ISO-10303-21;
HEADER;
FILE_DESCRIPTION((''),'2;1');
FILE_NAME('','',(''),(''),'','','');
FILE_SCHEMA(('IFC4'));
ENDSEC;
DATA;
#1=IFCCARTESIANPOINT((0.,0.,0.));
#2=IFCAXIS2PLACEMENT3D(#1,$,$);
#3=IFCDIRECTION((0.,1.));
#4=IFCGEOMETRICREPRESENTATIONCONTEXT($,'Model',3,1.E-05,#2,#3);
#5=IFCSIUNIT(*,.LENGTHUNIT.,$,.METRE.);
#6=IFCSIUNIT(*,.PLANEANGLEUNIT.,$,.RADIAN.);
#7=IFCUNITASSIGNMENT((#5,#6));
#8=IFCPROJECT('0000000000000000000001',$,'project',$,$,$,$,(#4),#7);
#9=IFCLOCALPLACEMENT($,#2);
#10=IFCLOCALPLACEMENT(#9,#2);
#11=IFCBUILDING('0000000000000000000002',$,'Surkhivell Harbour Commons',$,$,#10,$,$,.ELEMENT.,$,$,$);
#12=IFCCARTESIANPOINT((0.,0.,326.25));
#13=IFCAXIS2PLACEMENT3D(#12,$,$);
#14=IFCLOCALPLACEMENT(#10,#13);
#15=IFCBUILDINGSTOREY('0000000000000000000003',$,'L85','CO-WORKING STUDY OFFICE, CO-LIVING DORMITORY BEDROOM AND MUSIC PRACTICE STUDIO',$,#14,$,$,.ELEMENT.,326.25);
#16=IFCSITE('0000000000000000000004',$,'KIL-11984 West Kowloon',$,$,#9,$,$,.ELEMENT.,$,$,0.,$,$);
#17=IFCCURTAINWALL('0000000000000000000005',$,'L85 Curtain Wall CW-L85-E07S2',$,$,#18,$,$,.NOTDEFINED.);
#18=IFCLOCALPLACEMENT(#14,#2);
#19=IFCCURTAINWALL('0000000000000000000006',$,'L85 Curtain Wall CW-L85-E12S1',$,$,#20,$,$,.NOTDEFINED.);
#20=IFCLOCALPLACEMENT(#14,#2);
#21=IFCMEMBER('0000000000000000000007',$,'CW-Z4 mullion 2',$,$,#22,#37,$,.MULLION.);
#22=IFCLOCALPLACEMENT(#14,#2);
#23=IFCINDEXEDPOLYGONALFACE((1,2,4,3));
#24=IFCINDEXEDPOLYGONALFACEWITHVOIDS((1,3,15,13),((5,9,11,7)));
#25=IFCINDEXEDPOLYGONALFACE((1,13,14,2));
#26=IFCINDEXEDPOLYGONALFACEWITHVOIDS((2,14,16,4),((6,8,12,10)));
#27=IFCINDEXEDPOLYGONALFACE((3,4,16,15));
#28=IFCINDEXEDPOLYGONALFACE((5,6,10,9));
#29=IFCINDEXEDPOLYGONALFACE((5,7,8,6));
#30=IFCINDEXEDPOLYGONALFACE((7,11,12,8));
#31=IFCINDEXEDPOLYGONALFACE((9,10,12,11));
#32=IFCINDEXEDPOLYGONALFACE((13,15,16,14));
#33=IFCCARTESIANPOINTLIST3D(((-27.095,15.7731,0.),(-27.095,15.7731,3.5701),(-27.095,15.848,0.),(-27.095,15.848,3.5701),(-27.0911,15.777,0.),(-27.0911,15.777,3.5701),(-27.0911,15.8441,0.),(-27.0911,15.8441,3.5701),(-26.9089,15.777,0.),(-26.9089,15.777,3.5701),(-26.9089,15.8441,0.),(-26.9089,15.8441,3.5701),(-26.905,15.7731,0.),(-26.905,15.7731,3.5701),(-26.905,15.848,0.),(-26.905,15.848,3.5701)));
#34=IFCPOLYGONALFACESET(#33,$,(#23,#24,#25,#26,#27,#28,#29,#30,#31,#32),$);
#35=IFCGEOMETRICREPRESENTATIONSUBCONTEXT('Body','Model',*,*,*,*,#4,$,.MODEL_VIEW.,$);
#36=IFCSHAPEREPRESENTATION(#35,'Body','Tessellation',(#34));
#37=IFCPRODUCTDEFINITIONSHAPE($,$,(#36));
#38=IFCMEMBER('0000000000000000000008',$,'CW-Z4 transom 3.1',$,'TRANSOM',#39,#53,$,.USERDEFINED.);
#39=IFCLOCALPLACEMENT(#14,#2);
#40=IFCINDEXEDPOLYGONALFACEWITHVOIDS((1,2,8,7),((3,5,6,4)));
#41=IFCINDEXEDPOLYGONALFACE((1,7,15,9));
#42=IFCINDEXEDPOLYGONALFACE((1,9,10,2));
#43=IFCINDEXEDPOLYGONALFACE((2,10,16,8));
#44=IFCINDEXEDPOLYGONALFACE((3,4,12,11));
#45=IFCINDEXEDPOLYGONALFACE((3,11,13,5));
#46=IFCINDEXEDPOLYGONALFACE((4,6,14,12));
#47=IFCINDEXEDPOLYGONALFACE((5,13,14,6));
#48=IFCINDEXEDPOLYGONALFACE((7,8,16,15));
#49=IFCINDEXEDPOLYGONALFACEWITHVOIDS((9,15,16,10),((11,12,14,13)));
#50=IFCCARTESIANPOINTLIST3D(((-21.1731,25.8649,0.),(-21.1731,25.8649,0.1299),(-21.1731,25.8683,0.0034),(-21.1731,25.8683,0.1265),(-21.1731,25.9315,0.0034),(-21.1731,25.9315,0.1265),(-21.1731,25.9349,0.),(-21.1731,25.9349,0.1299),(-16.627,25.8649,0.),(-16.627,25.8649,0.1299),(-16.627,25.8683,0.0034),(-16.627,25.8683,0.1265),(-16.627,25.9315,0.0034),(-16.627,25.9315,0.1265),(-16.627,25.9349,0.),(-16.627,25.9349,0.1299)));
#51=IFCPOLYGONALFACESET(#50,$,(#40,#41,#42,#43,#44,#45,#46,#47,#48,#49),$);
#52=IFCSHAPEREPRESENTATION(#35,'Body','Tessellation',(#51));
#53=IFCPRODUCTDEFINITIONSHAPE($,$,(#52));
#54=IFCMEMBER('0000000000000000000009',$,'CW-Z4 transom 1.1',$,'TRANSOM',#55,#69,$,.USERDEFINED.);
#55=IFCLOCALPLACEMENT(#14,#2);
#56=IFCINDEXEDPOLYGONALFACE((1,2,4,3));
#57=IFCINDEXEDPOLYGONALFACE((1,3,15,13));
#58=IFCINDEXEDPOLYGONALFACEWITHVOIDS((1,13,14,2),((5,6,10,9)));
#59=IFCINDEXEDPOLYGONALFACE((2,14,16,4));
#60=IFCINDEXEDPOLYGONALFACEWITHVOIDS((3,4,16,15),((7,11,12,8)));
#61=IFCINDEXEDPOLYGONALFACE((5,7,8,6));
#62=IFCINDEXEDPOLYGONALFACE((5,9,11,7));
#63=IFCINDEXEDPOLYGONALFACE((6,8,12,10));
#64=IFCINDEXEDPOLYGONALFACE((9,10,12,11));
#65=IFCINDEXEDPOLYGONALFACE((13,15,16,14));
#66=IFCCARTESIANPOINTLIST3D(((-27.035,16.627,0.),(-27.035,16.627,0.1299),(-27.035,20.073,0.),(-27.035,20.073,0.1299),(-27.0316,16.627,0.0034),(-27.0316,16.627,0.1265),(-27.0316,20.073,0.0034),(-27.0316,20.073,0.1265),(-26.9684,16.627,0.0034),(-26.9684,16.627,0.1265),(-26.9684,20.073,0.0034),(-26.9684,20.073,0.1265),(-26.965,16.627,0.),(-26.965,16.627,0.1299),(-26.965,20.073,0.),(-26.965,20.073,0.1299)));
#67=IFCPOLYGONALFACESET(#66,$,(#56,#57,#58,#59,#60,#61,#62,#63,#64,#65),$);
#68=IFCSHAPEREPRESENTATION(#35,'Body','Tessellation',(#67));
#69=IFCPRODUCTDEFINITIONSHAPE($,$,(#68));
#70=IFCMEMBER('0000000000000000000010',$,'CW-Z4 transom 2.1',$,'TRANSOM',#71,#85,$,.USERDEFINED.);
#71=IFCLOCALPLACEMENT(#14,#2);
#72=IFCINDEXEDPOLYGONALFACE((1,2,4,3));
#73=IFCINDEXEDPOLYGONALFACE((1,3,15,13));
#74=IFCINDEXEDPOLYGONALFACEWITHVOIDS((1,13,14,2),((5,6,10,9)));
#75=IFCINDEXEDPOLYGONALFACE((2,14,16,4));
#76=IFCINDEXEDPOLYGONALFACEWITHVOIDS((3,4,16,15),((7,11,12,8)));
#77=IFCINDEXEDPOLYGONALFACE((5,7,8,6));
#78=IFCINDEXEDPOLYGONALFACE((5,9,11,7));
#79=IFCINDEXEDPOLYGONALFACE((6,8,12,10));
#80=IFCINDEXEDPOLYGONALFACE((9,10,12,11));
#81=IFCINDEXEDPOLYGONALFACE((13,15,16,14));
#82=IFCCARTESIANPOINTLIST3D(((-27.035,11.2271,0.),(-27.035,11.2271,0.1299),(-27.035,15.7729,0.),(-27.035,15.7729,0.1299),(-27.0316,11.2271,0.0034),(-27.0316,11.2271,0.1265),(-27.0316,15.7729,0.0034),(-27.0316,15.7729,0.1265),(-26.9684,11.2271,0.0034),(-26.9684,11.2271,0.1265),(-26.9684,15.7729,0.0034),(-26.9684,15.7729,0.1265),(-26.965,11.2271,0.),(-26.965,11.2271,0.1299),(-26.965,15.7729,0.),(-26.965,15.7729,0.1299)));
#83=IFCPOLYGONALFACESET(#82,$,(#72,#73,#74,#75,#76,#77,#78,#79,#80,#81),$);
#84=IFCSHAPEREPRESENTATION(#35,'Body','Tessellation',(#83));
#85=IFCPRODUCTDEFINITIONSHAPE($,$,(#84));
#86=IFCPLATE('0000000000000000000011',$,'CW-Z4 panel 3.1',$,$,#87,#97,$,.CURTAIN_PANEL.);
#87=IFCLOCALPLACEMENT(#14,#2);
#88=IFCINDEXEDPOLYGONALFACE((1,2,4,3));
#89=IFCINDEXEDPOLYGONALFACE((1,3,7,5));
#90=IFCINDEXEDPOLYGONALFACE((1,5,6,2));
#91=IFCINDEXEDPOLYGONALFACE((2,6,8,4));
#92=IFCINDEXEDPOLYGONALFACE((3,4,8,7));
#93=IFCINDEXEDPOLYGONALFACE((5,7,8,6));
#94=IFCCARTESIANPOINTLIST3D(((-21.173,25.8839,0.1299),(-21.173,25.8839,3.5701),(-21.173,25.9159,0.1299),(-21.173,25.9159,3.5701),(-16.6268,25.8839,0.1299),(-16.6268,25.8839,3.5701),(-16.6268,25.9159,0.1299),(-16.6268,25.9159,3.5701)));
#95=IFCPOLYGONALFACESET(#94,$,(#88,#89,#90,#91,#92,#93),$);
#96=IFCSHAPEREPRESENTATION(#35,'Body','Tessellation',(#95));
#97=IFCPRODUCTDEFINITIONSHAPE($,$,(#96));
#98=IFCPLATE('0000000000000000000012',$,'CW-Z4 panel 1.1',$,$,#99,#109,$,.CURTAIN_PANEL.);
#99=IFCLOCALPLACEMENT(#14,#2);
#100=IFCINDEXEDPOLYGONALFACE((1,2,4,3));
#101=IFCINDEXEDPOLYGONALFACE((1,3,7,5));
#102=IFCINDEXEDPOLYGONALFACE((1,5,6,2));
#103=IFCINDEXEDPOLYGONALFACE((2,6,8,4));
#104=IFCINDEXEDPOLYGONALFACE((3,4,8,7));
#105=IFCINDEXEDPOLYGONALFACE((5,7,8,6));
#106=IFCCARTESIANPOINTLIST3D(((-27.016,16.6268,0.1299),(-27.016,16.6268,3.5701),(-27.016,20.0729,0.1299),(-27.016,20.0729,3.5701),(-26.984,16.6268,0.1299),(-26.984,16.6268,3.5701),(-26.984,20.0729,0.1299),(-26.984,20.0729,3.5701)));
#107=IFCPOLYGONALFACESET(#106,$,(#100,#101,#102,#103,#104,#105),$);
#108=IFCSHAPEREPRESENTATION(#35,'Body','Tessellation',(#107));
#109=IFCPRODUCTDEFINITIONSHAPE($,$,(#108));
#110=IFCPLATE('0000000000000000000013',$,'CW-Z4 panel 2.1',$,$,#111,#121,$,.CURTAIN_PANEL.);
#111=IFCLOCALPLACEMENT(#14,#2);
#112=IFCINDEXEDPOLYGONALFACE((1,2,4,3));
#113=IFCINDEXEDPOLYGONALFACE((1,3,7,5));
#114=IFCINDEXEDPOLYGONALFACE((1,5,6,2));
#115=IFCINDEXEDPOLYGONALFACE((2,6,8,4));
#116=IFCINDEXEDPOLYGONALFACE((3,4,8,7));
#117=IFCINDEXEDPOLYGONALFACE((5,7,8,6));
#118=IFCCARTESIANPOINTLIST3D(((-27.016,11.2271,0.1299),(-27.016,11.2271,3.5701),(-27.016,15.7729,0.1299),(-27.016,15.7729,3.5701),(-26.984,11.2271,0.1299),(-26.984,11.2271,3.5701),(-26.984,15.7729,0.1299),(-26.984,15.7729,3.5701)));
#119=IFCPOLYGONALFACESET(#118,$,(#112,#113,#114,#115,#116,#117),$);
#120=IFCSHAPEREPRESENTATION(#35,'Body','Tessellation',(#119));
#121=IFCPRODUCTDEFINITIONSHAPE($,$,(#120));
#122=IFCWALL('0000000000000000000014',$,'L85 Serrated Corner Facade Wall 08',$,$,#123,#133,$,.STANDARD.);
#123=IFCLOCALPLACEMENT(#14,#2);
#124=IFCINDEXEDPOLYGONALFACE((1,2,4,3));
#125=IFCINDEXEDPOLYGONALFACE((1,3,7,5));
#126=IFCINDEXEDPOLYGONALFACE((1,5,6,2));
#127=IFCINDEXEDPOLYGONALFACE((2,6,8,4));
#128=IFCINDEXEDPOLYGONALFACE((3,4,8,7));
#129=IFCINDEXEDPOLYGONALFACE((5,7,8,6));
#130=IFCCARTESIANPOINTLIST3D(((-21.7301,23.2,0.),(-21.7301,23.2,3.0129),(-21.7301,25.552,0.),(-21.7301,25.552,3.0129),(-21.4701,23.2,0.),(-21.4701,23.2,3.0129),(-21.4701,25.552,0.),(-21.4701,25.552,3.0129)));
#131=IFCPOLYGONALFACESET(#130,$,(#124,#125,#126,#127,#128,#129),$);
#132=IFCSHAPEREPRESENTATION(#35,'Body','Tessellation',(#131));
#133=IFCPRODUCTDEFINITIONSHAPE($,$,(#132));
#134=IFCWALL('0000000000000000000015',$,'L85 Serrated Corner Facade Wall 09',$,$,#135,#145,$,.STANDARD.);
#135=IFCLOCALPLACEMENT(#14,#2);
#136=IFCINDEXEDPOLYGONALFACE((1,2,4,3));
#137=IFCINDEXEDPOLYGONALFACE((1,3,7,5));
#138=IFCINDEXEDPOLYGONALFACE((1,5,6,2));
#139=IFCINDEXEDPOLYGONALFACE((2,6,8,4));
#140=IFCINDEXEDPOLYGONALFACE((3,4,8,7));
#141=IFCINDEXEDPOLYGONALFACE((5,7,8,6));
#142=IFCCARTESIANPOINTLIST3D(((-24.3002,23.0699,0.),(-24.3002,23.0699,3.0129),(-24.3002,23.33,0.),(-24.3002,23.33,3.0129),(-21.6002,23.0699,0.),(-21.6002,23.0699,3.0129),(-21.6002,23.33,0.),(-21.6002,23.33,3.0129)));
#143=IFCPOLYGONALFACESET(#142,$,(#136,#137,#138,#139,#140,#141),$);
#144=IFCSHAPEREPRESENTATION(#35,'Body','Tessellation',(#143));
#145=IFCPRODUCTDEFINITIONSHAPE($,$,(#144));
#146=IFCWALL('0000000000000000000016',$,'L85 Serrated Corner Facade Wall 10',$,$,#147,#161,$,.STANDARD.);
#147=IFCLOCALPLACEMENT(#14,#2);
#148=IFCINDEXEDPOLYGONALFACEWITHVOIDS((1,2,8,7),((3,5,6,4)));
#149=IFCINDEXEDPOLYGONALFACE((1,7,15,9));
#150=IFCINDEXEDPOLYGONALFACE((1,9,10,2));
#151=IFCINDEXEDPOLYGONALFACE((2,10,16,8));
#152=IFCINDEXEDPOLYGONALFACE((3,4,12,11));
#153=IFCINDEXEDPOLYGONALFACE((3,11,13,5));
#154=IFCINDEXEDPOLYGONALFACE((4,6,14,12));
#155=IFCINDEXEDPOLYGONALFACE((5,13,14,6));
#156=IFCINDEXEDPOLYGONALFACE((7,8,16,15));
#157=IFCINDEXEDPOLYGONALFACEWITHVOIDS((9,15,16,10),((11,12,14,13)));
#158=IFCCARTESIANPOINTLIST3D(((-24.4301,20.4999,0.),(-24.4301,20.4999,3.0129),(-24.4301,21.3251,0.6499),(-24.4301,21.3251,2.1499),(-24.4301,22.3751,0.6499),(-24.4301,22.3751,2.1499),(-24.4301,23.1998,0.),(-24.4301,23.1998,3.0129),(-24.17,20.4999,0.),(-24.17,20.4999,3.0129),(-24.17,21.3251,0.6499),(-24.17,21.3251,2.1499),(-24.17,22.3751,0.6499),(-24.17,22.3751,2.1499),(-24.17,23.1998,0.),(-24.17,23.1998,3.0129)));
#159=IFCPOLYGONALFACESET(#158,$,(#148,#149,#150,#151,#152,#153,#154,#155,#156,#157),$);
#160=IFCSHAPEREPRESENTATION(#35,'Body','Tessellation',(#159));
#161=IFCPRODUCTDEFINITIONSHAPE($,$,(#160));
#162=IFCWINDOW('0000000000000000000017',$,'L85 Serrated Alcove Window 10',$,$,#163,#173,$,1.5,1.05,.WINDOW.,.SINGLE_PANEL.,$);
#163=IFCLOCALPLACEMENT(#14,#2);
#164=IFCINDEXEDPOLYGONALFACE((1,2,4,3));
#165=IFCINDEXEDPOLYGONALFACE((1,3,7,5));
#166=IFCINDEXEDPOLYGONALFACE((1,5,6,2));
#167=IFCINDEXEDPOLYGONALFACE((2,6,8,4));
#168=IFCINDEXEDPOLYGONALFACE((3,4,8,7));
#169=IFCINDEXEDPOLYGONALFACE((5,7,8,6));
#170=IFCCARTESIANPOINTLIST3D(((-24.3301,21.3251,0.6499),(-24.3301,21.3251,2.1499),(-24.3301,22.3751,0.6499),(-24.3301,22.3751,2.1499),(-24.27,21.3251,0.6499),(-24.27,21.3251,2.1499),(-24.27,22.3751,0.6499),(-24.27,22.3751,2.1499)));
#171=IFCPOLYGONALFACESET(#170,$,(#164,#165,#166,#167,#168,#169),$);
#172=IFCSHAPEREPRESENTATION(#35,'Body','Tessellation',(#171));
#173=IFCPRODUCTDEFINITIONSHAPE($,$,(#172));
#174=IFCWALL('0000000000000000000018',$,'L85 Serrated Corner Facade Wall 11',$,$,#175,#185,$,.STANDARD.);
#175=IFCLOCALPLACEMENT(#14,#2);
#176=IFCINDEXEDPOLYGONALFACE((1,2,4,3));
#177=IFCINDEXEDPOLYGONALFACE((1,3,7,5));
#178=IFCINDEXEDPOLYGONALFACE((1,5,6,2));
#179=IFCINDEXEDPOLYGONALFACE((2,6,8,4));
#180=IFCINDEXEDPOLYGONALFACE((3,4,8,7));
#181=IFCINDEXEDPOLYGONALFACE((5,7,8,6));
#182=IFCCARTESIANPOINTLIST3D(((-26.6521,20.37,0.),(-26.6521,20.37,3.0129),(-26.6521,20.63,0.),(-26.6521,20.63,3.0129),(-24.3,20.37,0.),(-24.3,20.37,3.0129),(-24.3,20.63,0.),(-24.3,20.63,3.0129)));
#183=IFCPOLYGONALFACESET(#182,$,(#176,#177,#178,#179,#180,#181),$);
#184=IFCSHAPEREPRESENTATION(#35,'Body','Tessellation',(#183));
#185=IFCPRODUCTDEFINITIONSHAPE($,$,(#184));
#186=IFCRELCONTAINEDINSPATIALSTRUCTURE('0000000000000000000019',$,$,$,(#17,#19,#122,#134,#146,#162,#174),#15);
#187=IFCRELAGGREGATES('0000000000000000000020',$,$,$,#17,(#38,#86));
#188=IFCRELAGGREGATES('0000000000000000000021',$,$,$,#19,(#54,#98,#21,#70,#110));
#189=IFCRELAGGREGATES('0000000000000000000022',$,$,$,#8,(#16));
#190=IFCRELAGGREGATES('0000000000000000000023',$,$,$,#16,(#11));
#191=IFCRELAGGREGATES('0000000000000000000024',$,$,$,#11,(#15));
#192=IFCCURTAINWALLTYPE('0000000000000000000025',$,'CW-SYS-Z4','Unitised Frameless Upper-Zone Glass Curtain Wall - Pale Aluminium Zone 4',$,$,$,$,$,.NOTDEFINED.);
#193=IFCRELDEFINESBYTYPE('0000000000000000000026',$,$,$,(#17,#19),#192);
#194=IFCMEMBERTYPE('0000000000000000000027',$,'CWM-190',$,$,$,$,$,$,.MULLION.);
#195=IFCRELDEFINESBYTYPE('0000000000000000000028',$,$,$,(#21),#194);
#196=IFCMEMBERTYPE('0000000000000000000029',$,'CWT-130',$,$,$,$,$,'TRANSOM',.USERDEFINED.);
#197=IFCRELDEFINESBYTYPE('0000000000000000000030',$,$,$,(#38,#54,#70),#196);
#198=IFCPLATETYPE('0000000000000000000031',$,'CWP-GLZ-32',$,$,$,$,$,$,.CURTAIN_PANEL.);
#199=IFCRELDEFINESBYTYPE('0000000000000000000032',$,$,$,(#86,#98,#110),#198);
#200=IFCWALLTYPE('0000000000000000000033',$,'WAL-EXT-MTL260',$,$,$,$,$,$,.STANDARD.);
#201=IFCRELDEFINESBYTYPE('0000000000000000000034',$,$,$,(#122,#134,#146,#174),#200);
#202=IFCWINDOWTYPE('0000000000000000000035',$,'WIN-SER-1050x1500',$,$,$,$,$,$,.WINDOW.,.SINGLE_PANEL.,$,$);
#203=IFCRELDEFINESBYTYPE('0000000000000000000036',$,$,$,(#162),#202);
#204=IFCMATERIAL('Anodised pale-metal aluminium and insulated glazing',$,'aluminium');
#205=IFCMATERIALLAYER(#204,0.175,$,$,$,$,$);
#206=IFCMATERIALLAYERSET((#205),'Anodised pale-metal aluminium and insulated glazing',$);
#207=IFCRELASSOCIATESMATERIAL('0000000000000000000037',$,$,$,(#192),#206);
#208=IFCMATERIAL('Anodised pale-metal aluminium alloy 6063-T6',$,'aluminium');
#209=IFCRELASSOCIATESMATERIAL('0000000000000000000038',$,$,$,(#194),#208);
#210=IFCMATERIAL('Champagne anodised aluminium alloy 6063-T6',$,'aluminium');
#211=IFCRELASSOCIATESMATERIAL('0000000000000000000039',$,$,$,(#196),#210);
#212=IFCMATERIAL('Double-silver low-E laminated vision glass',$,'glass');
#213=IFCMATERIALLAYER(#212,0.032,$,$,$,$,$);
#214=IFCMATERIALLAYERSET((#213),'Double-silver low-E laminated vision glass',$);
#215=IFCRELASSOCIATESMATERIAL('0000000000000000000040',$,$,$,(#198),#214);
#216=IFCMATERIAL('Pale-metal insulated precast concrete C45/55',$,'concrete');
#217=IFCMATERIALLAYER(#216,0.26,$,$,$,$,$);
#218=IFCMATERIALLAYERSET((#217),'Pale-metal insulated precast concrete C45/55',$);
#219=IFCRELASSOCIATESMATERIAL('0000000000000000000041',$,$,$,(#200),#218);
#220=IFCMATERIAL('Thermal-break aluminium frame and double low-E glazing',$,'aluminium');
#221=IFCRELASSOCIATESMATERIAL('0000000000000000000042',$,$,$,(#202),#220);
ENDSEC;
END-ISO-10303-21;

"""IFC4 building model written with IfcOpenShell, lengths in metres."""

from ifc_helpers import new_model, si_unit, direction, frame, frame_2d, origin, origin_2d, place, context, subcontext, project, spatial, rectangle, hollow_rectangle, extrude, material, layer, layer_set, material_profile, profile_set, type_object, element, fill, aggregate, save


model = new_model("IFC4")

# Units and contexts
model_context = context("Model", 3, precision=1e-05, world=origin(), true_north=direction((0.0, 1.0)))
body_context = subcontext(model_context, "Body", "Model", "MODEL_VIEW")
ifc_project = project(units=[si_unit("LENGTHUNIT", "METRE"), si_unit("PLANEANGLEUNIT", "RADIAN")], contexts=[model_context])

# Site, building, storey
site_placement = place(None, origin())
site = spatial("IfcSite", under=ifc_project, at=site_placement, Name="KIL-11984 West Kowloon", CompositionType="ELEMENT", RefElevation=0.0)
building_placement = place(site_placement, origin())
building = spatial("IfcBuilding", under=site, at=building_placement, Name="Surkhivell Harbour Commons", CompositionType="ELEMENT")
storey_placement = place(building_placement, frame((0.0, 0.0, 326.25)))
storey = spatial("IfcBuildingStorey", under=building, at=storey_placement, Name="L85", Description="CO-WORKING STUDY OFFICE, CO-LIVING DORMITORY BEDROOM AND MUSIC PRACTICE STUDIO", CompositionType="ELEMENT", Elevation=326.25)

# Curtain walls, member
ifc_material_1 = material(Name="Anodised pale-metal aluminium and insulated glazing", Category="aluminium")
ifc_layer_1 = layer(ifc_material_1, 0.175)
ifc_layer_set_1 = layer_set([ifc_layer_1], Name="Anodised pale-metal aluminium and insulated glazing")
curtain_wall_type = type_object("IfcCurtainWallType", Name="CW-SYS-Z4", Description="Unitised Frameless Upper-Zone Glass Curtain Wall - Pale Aluminium Zone 4", PredefinedType="NOTDEFINED", material=ifc_layer_set_1)
curtain_wall_1_placement = place(storey_placement, origin())
curtain_wall_1 = element("IfcCurtainWall", 1, at=curtain_wall_1_placement, inside=storey, type_object=curtain_wall_type, Name="L85 Curtain Wall CW-L85-E07S2", PredefinedType="NOTDEFINED")
ifc_material_2 = material(Name="Anodised pale-metal aluminium alloy 6063-T6", Category="aluminium")
ifc_material_profile_1 = material_profile(ifc_material_2, hollow_rectangle(XDim=0.075, YDim=0.1899, WallThickness=0.0039, at=origin_2d()), Name="ALU-MULL-75x190")
ifc_profile_set_1 = profile_set([ifc_material_profile_1], Name="Anodised pale-metal aluminium alloy 6063-T6")
member_type_1 = type_object("IfcMemberType", Name="CWM-190", PredefinedType="MULLION", material=ifc_profile_set_1)
curtain_wall_2_placement = place(storey_placement, origin())
curtain_wall_2 = element("IfcCurtainWall", 2, at=curtain_wall_2_placement, inside=storey, type_object=curtain_wall_type, Name="L85 Curtain Wall CW-L85-E12S1", PredefinedType="NOTDEFINED")
member_1_placement = place(storey_placement, frame((-27.0, 15.8105, 0.0), z_axis=(0.0, 0.0, 1.0), x_axis=(0.0, -1.0, 0.0)))
member_1 = element("IfcMember", 3, at=member_1_placement, type_object=member_type_1, Name="CW-Z4 mullion 2", PredefinedType="MULLION", context=body_context, shape_type="SweptSolid", body=[
    extrude(hollow_rectangle(XDim=0.075, YDim=0.1899, WallThickness=0.0039, at=origin_2d()), origin(), (0.0, 0.0, 1.0), 3.5701),
])

# Members
ifc_material_3 = material(Name="Champagne anodised aluminium alloy 6063-T6", Category="aluminium")
ifc_material_profile_2 = material_profile(ifc_material_3, hollow_rectangle(XDim=0.0701, YDim=0.1299, WallThickness=0.0034, at=origin_2d()), Name="ALU-TRAN-70x130")
ifc_profile_set_2 = profile_set([ifc_material_profile_2], Name="Champagne anodised aluminium alloy 6063-T6")
member_type_2 = type_object("IfcMemberType", Name="CWT-130", ElementType="TRANSOM", PredefinedType="USERDEFINED", material=ifc_profile_set_2)
member_2_placement = place(storey_placement, frame((-16.627, 25.8999, 0.0649), z_axis=(-1.0, 0.0, 0.0), x_axis=(0.0, -1.0, 0.0)))
member_2 = element("IfcMember", 4, at=member_2_placement, type_object=member_type_2, Name="CW-Z4 transom 3.1", ObjectType="TRANSOM", PredefinedType="USERDEFINED", context=body_context, shape_type="SweptSolid", body=[
    extrude(hollow_rectangle(XDim=0.0701, YDim=0.1299, WallThickness=0.0034, at=origin_2d()), origin(), (0.0, 0.0, 1.0), 4.5461),
])
member_3_placement = place(storey_placement, frame((-27.0, 20.073, 0.0649), z_axis=(0.0, -1.0, 0.0), x_axis=(1.0, 0.0, 0.0)))
member_3 = element("IfcMember", 5, at=member_3_placement, type_object=member_type_2, Name="CW-Z4 transom 1.1", ObjectType="TRANSOM", PredefinedType="USERDEFINED", context=body_context, shape_type="SweptSolid", body=[
    extrude(hollow_rectangle(XDim=0.0701, YDim=0.1299, WallThickness=0.0034, at=origin_2d()), origin(), (0.0, 0.0, 1.0), 3.446),
])
member_4_placement = place(storey_placement, frame((-27.0, 15.7729, 0.0649), z_axis=(0.0, -1.0, 0.0), x_axis=(1.0, 0.0, 0.0)))
member_4 = element("IfcMember", 6, at=member_4_placement, type_object=member_type_2, Name="CW-Z4 transom 2.1", ObjectType="TRANSOM", PredefinedType="USERDEFINED", context=body_context, shape_type="SweptSolid", body=[
    extrude(hollow_rectangle(XDim=0.0701, YDim=0.1299, WallThickness=0.0034, at=origin_2d()), origin(), (0.0, 0.0, 1.0), 4.5459),
])

# Plates
ifc_material_4 = material(Name="Double-silver low-E laminated vision glass", Category="glass")
ifc_layer_2 = layer(ifc_material_4, 0.032)
ifc_layer_set_2 = layer_set([ifc_layer_2], Name="Double-silver low-E laminated vision glass")
plate_type = type_object("IfcPlateType", Name="CWP-GLZ-32", PredefinedType="CURTAIN_PANEL", material=ifc_layer_set_2)
plate_1_placement = place(storey_placement, frame((-16.627, 25.8999, 0.1299), z_axis=(0.0, 0.0, 1.0), x_axis=(-1.0, 0.0, 0.0)))
plate_1 = element("IfcPlate", 7, at=plate_1_placement, type_object=plate_type, Name="CW-Z4 panel 3.1", PredefinedType="CURTAIN_PANEL", context=body_context, shape_type="SweptSolid", body=[
    extrude(rectangle(XDim=4.5461, YDim=0.032, at=frame_2d((2.2729, 0.0))), origin(), (0.0, 0.0, 1.0), 3.4402),
])
aggregate(curtain_wall_1, [member_2, plate_1])
plate_2_placement = place(storey_placement, frame((-27.0, 20.073, 0.1299), z_axis=(0.0, 0.0, 1.0), x_axis=(0.0, -1.0, 0.0)))
plate_2 = element("IfcPlate", 8, at=plate_2_placement, type_object=plate_type, Name="CW-Z4 panel 1.1", PredefinedType="CURTAIN_PANEL", context=body_context, shape_type="SweptSolid", body=[
    extrude(rectangle(XDim=3.446, YDim=0.032, at=frame_2d((1.7231, 0.0))), origin(), (0.0, 0.0, 1.0), 3.4402),
])
plate_3_placement = place(storey_placement, frame((-27.0, 15.7729, 0.1299), z_axis=(0.0, 0.0, 1.0), x_axis=(0.0, -1.0, 0.0)))
plate_3 = element("IfcPlate", 9, at=plate_3_placement, type_object=plate_type, Name="CW-Z4 panel 2.1", PredefinedType="CURTAIN_PANEL", context=body_context, shape_type="SweptSolid", body=[
    extrude(rectangle(XDim=4.5459, YDim=0.032, at=frame_2d((2.2729, 0.0))), origin(), (0.0, 0.0, 1.0), 3.4402),
])
aggregate(curtain_wall_2, [member_3, plate_2, member_1, member_4, plate_3])

# Walls
ifc_material_5 = material(Name="Pale-metal insulated precast concrete C45/55", Category="concrete")
ifc_layer_3 = layer(ifc_material_5, 0.26)
ifc_layer_set_3 = layer_set([ifc_layer_3], Name="Pale-metal insulated precast concrete C45/55")
wall_type = type_object("IfcWallType", Name="WAL-EXT-MTL260", PredefinedType="STANDARD", material=ifc_layer_set_3)
wall_1_placement = place(storey_placement, frame((-21.6001, 25.552, 0.0), z_axis=(0.0, 0.0, 1.0), x_axis=(0.0, -1.0, 0.0)))
element("IfcWall", 10, at=wall_1_placement, inside=storey, type_object=wall_type, Name="L85 Serrated Corner Facade Wall 08", PredefinedType="STANDARD", context=body_context, shape_type="SweptSolid", body=[
    extrude(rectangle(XDim=2.3521, YDim=0.26, at=frame_2d((1.176, 0.0))), origin(), (0.0, 0.0, 1.0), 3.0129),
])
wall_2_placement = place(storey_placement, frame((-21.6001, 23.2, 0.0), z_axis=(0.0, 0.0, 1.0), x_axis=(-1.0, 0.0, 0.0)))
element("IfcWall", 11, at=wall_2_placement, inside=storey, type_object=wall_type, Name="L85 Serrated Corner Facade Wall 09", PredefinedType="STANDARD", context=body_context, shape_type="SweptSolid", body=[
    extrude(rectangle(XDim=2.7, YDim=0.26, at=frame_2d((1.3501, 0.0))), origin(), (0.0, 0.0, 1.0), 3.0129),
])

# Wall, opening, window
wall_3_placement = place(storey_placement, frame((-24.3, 23.2, 0.0), z_axis=(0.0, 0.0, 1.0), x_axis=(0.0, -1.0, 0.0)))
wall_3 = element("IfcWall", 12, at=wall_3_placement, inside=storey, type_object=wall_type, Name="L85 Serrated Corner Facade Wall 10", PredefinedType="STANDARD", context=body_context, shape_type="SweptSolid", body=[
    extrude(rectangle(XDim=2.7, YDim=0.26, at=frame_2d((1.3501, 0.0))), origin(), (0.0, 0.0, 1.0), 3.0129),
])
opening_placement = place(wall_3_placement, frame((0.825, 0.0, 0.6499)))
opening = element("IfcOpeningElement", 13, at=opening_placement, cuts=wall_3, PredefinedType="OPENING", context=body_context, shape_type="SweptSolid", body=[
    extrude(rectangle(XDim=1.05, YDim=1.5, at=frame_2d((0.5249, 0.75))), frame((0.0, 0.1399, 0.0), z_axis=(0.0, -1.0, 0.0), x_axis=(1.0, 0.0, 0.0)), (0.0, 0.0, 1.0), 0.28),
])
ifc_material_6 = material(Name="Thermal-break aluminium frame and double low-E glazing", Category="aluminium")
window_type = type_object("IfcWindowType", Name="WIN-SER-1050x1500", PartitioningType="SINGLE_PANEL", PredefinedType="WINDOW", material=ifc_material_6)
window_placement = place(opening_placement, origin())
window = element("IfcWindow", 14, at=window_placement, inside=storey, type_object=window_type, Name="L85 Serrated Alcove Window 10", OverallHeight=1.5, OverallWidth=1.05, PartitioningType="SINGLE_PANEL", PredefinedType="WINDOW", context=body_context, shape_type="SweptSolid", body=[
    extrude(rectangle(XDim=1.05, YDim=1.5, at=frame_2d((0.5249, 0.75))), frame((0.0, 0.03, 0.0), z_axis=(0.0, -1.0, 0.0), x_axis=(1.0, 0.0, 0.0)), (0.0, 0.0, 1.0), 0.0601),
])
fill(opening, window)

# Wall
wall_4_placement = place(storey_placement, frame((-24.3, 20.5, 0.0), z_axis=(0.0, 0.0, 1.0), x_axis=(-1.0, 0.0, 0.0)))
element("IfcWall", 15, at=wall_4_placement, inside=storey, type_object=wall_type, Name="L85 Serrated Corner Facade Wall 11", PredefinedType="STANDARD", context=body_context, shape_type="SweptSolid", body=[
    extrude(rectangle(XDim=2.3521, YDim=0.26, at=frame_2d((1.176, 0.0))), origin(), (0.0, 0.0, 1.0), 3.0129),
])

save(model, "model.ifc")
